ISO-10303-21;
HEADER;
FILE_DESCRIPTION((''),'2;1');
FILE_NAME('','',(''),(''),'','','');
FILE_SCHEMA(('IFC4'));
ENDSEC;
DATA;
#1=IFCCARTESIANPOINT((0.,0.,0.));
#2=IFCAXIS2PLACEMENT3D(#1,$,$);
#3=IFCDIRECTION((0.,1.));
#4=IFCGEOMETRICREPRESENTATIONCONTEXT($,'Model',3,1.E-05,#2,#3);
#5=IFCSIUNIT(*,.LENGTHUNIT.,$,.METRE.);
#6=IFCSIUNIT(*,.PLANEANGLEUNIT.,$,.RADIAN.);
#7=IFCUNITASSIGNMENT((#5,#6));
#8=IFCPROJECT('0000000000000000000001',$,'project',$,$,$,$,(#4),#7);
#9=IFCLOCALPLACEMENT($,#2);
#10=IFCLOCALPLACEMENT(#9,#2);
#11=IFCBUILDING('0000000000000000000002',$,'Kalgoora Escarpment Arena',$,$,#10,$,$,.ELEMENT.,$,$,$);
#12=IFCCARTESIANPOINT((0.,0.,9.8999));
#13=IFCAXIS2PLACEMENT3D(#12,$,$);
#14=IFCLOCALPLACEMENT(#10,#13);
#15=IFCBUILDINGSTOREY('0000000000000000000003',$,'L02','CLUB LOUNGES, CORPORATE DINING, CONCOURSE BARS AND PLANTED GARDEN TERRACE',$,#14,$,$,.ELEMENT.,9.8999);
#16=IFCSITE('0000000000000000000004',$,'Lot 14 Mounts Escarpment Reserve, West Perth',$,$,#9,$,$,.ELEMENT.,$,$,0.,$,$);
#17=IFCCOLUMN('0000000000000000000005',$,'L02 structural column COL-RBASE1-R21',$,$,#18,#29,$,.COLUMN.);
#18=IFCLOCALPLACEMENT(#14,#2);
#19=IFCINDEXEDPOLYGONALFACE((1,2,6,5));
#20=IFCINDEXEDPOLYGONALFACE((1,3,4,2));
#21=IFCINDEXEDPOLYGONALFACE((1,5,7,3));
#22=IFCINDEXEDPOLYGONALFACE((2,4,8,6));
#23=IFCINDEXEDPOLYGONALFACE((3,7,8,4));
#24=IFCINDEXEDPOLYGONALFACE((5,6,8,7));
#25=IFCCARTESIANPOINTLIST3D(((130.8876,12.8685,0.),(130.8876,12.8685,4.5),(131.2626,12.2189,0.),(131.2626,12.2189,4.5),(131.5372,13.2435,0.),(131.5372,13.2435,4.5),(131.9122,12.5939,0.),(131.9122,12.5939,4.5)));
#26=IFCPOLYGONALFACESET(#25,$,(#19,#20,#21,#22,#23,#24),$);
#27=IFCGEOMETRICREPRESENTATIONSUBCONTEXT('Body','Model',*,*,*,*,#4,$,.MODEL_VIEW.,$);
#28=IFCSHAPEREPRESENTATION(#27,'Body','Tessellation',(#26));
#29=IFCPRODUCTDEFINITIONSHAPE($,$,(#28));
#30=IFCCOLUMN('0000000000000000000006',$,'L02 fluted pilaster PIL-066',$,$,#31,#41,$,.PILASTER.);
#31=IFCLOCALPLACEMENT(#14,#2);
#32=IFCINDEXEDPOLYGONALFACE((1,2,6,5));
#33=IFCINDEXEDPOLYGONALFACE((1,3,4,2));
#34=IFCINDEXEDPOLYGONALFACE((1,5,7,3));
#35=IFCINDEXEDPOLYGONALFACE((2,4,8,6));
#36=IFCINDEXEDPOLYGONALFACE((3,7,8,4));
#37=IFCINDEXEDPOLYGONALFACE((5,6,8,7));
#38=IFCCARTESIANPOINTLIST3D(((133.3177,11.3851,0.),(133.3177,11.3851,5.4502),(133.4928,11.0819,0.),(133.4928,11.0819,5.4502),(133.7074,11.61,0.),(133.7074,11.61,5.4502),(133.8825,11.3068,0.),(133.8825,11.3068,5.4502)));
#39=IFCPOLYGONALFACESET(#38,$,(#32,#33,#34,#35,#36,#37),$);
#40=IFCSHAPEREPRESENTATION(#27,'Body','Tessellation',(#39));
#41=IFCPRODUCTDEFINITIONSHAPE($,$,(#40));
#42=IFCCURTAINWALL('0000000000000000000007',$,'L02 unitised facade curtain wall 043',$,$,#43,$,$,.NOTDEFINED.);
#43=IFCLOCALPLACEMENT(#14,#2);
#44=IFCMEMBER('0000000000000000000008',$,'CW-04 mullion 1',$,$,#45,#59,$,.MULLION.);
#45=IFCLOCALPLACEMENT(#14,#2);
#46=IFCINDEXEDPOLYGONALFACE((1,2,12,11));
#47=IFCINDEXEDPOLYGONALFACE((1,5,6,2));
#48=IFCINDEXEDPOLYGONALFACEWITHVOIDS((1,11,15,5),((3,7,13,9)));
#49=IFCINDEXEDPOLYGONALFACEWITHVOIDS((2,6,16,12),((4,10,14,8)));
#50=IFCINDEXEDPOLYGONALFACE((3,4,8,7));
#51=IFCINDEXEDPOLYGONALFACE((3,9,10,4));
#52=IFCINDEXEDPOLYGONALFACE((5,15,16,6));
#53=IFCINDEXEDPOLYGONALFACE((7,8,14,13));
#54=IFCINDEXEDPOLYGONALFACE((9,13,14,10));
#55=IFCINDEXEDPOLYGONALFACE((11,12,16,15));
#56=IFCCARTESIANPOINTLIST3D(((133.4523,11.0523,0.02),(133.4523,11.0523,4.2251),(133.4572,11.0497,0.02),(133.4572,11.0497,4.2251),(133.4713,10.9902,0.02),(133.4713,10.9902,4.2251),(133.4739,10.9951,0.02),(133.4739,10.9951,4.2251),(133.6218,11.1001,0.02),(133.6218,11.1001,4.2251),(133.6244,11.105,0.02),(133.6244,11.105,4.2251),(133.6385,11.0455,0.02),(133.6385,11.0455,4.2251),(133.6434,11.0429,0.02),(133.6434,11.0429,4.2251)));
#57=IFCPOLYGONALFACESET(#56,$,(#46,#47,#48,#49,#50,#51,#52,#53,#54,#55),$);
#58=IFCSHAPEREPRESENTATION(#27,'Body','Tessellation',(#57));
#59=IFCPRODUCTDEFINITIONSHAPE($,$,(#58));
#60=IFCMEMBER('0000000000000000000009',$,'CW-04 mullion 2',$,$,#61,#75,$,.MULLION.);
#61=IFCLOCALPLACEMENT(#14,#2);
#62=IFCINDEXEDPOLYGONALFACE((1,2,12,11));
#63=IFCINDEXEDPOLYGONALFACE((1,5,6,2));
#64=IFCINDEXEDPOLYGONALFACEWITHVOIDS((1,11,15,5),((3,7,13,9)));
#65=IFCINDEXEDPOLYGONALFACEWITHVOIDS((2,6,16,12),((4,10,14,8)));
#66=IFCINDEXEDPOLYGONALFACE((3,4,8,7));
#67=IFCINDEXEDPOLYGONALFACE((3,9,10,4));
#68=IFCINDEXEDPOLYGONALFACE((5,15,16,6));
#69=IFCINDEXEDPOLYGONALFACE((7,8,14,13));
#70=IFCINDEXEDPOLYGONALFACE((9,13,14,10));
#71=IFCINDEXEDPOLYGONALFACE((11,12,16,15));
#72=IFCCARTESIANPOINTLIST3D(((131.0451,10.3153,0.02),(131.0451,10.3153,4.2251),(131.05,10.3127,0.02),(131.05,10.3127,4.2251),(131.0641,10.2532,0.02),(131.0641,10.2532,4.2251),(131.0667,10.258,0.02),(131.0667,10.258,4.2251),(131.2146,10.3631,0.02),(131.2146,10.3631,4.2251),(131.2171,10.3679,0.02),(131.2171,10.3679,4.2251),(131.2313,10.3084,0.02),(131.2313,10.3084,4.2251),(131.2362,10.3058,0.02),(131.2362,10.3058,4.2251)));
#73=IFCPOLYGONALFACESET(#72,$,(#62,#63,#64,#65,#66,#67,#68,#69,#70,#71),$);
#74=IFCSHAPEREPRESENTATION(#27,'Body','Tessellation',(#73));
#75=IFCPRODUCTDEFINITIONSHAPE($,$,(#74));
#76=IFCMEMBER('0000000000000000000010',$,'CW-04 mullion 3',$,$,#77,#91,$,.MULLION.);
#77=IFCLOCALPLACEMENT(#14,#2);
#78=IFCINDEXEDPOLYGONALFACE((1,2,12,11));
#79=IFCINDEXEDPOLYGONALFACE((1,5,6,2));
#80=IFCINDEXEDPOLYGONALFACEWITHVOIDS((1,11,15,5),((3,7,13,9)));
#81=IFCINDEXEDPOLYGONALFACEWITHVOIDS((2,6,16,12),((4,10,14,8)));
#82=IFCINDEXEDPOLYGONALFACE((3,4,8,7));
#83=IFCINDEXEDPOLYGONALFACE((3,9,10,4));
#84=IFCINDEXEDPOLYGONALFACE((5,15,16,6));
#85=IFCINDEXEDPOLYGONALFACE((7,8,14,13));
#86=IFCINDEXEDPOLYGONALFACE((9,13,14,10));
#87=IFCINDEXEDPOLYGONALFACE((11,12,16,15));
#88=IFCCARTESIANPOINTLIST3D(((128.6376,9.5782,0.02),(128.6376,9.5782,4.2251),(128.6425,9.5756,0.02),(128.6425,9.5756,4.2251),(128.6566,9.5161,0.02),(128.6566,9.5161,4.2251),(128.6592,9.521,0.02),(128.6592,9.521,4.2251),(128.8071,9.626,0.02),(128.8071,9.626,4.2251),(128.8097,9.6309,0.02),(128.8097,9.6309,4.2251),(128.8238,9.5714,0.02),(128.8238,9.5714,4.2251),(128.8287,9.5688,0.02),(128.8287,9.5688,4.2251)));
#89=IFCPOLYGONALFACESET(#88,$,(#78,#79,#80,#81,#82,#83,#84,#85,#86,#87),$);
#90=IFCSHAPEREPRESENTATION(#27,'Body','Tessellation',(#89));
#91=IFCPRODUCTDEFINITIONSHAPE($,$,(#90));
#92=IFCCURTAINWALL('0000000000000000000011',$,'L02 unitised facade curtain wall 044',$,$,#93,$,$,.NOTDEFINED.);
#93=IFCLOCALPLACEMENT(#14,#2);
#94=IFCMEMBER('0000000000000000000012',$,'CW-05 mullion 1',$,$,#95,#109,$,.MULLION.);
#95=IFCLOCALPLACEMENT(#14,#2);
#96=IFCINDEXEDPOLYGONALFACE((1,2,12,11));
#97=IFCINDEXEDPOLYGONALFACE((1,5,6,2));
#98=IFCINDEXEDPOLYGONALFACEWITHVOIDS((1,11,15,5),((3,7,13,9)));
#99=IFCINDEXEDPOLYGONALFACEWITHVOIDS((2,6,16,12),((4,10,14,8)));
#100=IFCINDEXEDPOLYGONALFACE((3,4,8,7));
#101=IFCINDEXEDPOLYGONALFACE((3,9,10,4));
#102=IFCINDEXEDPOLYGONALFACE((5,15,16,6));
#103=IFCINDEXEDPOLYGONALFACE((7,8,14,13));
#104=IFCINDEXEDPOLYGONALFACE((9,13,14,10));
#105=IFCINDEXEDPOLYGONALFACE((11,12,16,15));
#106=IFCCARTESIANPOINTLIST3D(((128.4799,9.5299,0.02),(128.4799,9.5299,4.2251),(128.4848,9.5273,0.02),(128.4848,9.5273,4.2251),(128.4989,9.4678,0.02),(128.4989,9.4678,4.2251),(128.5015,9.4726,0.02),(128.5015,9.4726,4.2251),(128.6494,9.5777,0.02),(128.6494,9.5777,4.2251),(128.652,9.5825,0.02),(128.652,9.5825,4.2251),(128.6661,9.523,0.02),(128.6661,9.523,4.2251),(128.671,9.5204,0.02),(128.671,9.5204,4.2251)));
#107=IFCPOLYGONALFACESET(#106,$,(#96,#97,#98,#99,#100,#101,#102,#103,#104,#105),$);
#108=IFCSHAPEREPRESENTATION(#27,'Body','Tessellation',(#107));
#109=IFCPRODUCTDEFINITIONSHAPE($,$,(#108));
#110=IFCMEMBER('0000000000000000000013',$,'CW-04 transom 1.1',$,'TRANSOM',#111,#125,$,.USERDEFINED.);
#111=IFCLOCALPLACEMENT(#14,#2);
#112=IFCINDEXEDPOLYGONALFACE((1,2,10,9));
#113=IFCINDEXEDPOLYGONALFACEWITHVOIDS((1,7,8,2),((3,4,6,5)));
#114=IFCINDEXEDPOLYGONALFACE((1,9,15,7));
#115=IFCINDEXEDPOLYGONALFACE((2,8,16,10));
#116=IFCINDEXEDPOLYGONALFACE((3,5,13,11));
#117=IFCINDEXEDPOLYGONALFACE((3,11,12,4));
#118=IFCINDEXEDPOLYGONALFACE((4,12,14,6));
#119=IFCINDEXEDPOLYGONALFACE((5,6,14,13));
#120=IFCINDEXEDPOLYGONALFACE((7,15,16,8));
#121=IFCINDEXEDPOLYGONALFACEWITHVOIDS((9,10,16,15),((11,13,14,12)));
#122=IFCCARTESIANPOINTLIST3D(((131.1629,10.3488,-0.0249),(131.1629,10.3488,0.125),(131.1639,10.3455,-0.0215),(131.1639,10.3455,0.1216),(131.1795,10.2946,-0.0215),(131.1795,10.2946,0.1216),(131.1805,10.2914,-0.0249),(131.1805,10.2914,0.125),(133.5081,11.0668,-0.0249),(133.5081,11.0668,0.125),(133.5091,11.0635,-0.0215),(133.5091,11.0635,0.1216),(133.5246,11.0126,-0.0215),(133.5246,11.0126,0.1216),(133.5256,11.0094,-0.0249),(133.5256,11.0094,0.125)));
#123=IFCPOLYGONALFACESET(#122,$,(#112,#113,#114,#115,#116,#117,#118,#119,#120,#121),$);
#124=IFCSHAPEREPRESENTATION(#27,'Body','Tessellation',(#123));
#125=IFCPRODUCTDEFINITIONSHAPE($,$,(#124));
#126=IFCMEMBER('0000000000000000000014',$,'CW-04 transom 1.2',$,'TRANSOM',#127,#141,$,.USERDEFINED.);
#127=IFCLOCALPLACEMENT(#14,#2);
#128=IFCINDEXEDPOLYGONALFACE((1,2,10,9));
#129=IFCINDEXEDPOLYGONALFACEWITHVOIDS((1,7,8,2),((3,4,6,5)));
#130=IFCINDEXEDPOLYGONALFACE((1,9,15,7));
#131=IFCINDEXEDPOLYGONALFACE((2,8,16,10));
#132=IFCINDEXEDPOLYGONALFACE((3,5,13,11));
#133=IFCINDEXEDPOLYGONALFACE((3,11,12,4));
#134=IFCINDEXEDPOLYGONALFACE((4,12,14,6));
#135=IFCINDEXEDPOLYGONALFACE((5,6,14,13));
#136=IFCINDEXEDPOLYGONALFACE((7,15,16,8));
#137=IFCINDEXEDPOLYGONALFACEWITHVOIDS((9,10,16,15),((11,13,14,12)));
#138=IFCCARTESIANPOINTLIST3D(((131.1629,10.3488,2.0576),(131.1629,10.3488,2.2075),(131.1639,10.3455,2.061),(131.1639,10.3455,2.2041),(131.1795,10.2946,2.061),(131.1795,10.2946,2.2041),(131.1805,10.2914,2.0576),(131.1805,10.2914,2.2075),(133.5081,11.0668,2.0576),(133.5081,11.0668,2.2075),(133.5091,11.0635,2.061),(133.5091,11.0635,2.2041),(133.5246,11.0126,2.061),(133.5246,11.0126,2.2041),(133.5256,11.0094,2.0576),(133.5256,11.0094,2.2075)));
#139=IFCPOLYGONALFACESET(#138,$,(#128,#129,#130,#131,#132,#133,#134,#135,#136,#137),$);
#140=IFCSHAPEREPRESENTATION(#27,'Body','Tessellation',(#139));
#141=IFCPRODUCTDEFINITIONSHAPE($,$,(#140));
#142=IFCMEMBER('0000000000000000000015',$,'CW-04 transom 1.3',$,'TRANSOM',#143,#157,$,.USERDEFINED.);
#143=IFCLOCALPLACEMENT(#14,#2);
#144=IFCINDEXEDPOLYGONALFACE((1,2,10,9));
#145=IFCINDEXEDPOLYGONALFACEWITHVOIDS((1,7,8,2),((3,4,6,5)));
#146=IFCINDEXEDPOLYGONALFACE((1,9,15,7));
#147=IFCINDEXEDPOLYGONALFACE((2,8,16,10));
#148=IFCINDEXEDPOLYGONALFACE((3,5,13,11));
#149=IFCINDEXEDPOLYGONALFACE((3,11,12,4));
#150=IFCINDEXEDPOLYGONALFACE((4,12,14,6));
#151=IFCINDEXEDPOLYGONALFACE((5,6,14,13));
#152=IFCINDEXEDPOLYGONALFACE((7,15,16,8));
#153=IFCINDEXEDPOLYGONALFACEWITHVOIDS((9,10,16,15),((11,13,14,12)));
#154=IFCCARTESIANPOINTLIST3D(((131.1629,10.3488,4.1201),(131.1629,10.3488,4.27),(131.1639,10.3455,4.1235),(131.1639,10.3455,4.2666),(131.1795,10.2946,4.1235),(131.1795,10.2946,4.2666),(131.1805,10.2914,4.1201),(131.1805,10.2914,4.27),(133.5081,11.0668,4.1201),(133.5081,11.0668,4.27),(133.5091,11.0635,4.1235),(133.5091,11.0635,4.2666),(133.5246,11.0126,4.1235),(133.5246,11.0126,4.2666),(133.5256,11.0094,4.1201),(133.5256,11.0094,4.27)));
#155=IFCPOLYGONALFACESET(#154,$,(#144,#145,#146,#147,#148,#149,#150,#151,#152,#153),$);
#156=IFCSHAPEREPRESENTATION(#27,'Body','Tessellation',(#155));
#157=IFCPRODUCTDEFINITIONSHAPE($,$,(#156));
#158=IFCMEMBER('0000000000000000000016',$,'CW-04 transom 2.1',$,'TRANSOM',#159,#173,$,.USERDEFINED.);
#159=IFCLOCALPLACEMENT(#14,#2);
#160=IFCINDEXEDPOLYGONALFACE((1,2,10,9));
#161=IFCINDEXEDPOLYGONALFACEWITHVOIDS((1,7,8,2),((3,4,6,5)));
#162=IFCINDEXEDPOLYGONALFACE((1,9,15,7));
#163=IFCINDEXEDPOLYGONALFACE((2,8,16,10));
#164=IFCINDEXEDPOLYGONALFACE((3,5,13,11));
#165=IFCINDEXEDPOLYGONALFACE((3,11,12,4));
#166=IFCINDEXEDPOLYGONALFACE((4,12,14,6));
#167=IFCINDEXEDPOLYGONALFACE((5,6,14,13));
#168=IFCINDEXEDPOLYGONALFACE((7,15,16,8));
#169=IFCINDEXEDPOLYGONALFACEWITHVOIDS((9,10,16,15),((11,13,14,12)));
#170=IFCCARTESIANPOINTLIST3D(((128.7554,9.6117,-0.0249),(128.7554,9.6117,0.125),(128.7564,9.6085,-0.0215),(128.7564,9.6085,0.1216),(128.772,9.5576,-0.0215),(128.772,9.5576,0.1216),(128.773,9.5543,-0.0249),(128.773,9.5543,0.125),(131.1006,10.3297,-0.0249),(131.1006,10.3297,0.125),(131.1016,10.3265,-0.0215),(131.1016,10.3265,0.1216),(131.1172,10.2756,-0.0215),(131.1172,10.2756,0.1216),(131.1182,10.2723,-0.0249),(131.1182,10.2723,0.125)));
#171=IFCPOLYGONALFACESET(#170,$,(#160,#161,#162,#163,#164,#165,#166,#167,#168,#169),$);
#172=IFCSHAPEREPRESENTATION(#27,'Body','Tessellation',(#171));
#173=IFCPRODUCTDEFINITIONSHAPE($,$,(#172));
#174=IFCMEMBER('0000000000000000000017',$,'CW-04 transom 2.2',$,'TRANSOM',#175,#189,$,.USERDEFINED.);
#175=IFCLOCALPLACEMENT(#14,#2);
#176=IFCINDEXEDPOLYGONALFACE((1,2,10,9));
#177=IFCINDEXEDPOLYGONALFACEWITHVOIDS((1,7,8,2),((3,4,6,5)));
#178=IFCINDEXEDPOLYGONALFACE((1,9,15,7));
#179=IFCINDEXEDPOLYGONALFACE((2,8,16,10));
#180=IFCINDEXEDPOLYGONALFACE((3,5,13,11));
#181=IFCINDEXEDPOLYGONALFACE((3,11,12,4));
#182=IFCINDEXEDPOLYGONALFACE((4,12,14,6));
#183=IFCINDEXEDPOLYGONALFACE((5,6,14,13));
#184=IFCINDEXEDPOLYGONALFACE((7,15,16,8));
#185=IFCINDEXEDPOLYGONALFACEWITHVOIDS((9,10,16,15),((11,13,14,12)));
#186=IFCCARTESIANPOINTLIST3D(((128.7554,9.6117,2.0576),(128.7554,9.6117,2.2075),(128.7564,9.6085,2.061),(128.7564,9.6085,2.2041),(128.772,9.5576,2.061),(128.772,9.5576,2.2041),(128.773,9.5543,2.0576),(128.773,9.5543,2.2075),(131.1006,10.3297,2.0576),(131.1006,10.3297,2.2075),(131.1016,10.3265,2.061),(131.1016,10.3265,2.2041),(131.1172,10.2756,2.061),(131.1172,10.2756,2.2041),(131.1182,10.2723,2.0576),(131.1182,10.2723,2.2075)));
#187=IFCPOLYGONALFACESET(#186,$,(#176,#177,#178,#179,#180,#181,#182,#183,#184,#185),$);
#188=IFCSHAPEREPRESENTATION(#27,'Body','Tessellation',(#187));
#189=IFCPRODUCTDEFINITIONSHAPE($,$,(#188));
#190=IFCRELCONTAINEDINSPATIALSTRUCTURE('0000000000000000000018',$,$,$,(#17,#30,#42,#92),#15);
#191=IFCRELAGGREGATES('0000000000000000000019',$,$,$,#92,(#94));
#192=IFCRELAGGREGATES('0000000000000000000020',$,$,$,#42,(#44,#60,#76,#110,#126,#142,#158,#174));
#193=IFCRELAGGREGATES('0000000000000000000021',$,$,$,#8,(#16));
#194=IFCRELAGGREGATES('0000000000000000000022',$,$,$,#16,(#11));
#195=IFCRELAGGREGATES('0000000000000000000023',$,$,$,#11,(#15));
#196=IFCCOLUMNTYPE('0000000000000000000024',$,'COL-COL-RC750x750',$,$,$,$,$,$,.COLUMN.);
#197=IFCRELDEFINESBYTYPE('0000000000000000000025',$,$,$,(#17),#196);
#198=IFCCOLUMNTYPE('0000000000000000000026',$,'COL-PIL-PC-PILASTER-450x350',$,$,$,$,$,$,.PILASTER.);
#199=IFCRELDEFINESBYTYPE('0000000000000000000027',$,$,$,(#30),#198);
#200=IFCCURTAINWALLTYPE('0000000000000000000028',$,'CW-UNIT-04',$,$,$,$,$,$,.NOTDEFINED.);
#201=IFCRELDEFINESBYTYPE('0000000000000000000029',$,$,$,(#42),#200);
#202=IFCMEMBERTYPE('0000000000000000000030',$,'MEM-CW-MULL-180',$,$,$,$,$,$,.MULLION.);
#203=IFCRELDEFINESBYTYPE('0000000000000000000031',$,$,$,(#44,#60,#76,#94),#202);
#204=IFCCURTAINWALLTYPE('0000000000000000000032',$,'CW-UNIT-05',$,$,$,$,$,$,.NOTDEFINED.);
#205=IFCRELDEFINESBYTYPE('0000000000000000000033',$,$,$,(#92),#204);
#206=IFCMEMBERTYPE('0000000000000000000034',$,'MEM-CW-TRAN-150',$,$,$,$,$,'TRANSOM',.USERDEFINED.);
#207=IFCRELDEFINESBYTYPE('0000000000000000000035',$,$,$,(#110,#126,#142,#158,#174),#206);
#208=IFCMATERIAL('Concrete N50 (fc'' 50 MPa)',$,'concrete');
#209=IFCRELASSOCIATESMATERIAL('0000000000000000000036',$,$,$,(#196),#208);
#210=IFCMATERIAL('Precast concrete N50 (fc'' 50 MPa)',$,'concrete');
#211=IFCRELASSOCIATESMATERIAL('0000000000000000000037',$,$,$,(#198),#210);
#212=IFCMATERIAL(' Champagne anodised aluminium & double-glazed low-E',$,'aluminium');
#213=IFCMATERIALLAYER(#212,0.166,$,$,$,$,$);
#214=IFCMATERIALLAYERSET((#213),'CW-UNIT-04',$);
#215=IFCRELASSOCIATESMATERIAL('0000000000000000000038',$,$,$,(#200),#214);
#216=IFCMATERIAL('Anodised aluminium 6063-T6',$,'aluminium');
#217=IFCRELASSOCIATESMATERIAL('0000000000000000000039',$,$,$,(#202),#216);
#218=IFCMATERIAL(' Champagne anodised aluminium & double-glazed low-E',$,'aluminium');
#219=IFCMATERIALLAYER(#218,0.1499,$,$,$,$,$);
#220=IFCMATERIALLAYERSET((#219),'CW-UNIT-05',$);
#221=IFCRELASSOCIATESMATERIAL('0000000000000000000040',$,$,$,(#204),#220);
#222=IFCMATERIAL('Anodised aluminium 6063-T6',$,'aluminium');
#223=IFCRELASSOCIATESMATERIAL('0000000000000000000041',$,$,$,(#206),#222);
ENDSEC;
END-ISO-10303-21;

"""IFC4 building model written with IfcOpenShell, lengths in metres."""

from ifc_helpers import new_model, si_unit, direction, frame, origin, origin_2d, place, context, subcontext, project, spatial, rectangle, hollow_rectangle, extrude, material, layer, layer_set, material_profile, profile_set, type_object, element, aggregate, save


model = new_model("IFC4")

# Units and contexts
model_context = context("Model", 3, precision=1e-05, world=origin(), true_north=direction((0.0, 1.0)))
body_context = subcontext(model_context, "Body", "Model", "MODEL_VIEW")
ifc_project = project(units=[si_unit("LENGTHUNIT", "METRE"), si_unit("PLANEANGLEUNIT", "RADIAN")], contexts=[model_context])

# Site, building, storey
site_placement = place(None, origin())
site = spatial("IfcSite", under=ifc_project, at=site_placement, Name="Lot 14 Mounts Escarpment Reserve, West Perth", CompositionType="ELEMENT", RefElevation=0.0)
building_placement = place(site_placement, origin())
building = spatial("IfcBuilding", under=site, at=building_placement, Name="Kalgoora Escarpment Arena", CompositionType="ELEMENT")
storey_placement = place(building_placement, frame((0.0, 0.0, 9.8999)))
storey = spatial("IfcBuildingStorey", under=building, at=storey_placement, Name="L02", Description="CLUB LOUNGES, CORPORATE DINING, CONCOURSE BARS AND PLANTED GARDEN TERRACE", CompositionType="ELEMENT", Elevation=9.8999)

# Columns
ifc_material_1 = material(Name="Concrete N50 (fc' 50 MPa)", Category="concrete")
ifc_material_profile_1 = material_profile(ifc_material_1, rectangle(XDim=0.75, YDim=0.75, at=origin_2d()))
ifc_profile_set_1 = profile_set([ifc_material_profile_1], Name="Concrete N50 (fc' 50 MPa)")
column_type_1 = type_object("IfcColumnType", Name="COL-COL-RC750x750", PredefinedType="COLUMN", material=ifc_profile_set_1)
column_1_placement = place(storey_placement, frame((131.3999, 12.7312, 0.0), z_axis=(0.0, 0.0, 1.0), x_axis=(0.5, -0.866025, 0.0)))
element("IfcColumn", 1, at=column_1_placement, inside=storey, type_object=column_type_1, Name="L02 structural column COL-RBASE1-R21", PredefinedType="COLUMN", context=body_context, shape_type="SweptSolid", body=[
    extrude(rectangle(XDim=0.75, YDim=0.75, at=origin_2d()), origin(), (0.0, 0.0, 1.0), 4.5),
])
ifc_material_2 = material(Name="Precast concrete N50 (fc' 50 MPa)", Category="concrete")
ifc_material_profile_2 = material_profile(ifc_material_2, rectangle(XDim=0.3501, YDim=0.45, at=origin_2d()))
ifc_profile_set_2 = profile_set([ifc_material_profile_2], Name="Precast concrete N50 (fc' 50 MPa)")
column_type_2 = type_object("IfcColumnType", Name="COL-PIL-PC-PILASTER-450x350", PredefinedType="PILASTER", material=ifc_profile_set_2)
column_2_placement = place(storey_placement, frame((133.6001, 11.3459, 0.0), z_axis=(0.0, 0.0, 1.0), x_axis=(0.5, -0.866025, 0.0)))
element("IfcColumn", 2, at=column_2_placement, inside=storey, type_object=column_type_2, Name="L02 fluted pilaster PIL-066", PredefinedType="PILASTER", context=body_context, shape_type="SweptSolid", body=[
    extrude(rectangle(XDim=0.3501, YDim=0.45, at=origin_2d()), origin(), (0.0, 0.0, 1.0), 5.4502),
])

# Curtain wall, members
ifc_material_3 = material(Name=" Champagne anodised aluminium & double-glazed low-E", Category="aluminium")
ifc_layer_1 = layer(ifc_material_3, 0.166)
ifc_layer_set_1 = layer_set([ifc_layer_1], Name="CW-UNIT-04")
curtain_wall_type_1 = type_object("IfcCurtainWallType", Name="CW-UNIT-04", PredefinedType="NOTDEFINED", material=ifc_layer_set_1)
curtain_wall_1_placement = place(storey_placement, origin())
curtain_wall_1 = element("IfcCurtainWall", 3, at=curtain_wall_1_placement, inside=storey, type_object=curtain_wall_type_1, Name="L02 unitised facade curtain wall 043", PredefinedType="NOTDEFINED")
ifc_material_4 = material(Name="Anodised aluminium 6063-T6", Category="aluminium")
ifc_material_profile_3 = material_profile(ifc_material_4, hollow_rectangle(XDim=0.0649, YDim=0.1799, WallThickness=0.0039, at=origin_2d()))
ifc_profile_set_3 = profile_set([ifc_material_profile_3], Name="Anodised aluminium 6063-T6")
member_type_1 = type_object("IfcMemberType", Name="MEM-CW-MULL-180", PredefinedType="MULLION", material=ifc_profile_set_3)
member_1_placement = place(storey_placement, frame((133.5479, 11.0476, 0.02), z_axis=(0.0, 0.0, 1.0), x_axis=(0.292745, -0.956191, 0.0)))
member_1 = element("IfcMember", 4, at=member_1_placement, type_object=member_type_1, Name="CW-04 mullion 1", PredefinedType="MULLION", context=body_context, shape_type="SweptSolid", body=[
    extrude(hollow_rectangle(XDim=0.0649, YDim=0.1799, WallThickness=0.0039, at=origin_2d()), origin(), (0.0, 0.0, 1.0), 4.2051),
])
member_2_placement = place(storey_placement, frame((131.1406, 10.3105, 0.02), z_axis=(0.0, 0.0, 1.0), x_axis=(0.292745, -0.956191, 0.0)))
member_2 = element("IfcMember", 5, at=member_2_placement, type_object=member_type_1, Name="CW-04 mullion 2", PredefinedType="MULLION", context=body_context, shape_type="SweptSolid", body=[
    extrude(hollow_rectangle(XDim=0.0649, YDim=0.1799, WallThickness=0.0039, at=origin_2d()), origin(), (0.0, 0.0, 1.0), 4.2051),
])
member_3_placement = place(storey_placement, frame((128.7332, 9.5735, 0.02), z_axis=(0.0, 0.0, 1.0), x_axis=(0.292745, -0.956191, 0.0)))
member_3 = element("IfcMember", 6, at=member_3_placement, type_object=member_type_1, Name="CW-04 mullion 3", PredefinedType="MULLION", context=body_context, shape_type="SweptSolid", body=[
    extrude(hollow_rectangle(XDim=0.0649, YDim=0.1799, WallThickness=0.0039, at=origin_2d()), origin(), (0.0, 0.0, 1.0), 4.2051),
])

# Curtain wall, member
ifc_material_5 = material(Name=" Champagne anodised aluminium & double-glazed low-E", Category="aluminium")
ifc_layer_2 = layer(ifc_material_5, 0.1499)
ifc_layer_set_2 = layer_set([ifc_layer_2], Name="CW-UNIT-05")
curtain_wall_type_2 = type_object("IfcCurtainWallType", Name="CW-UNIT-05", PredefinedType="NOTDEFINED", material=ifc_layer_set_2)
curtain_wall_2_placement = place(storey_placement, origin())
curtain_wall_2 = element("IfcCurtainWall", 7, at=curtain_wall_2_placement, inside=storey, type_object=curtain_wall_type_2, Name="L02 unitised facade curtain wall 044", PredefinedType="NOTDEFINED")
member_4_placement = place(storey_placement, frame((128.5754, 9.5251, 0.02), z_axis=(0.0, 0.0, 1.0), x_axis=(0.292751, -0.956189, 0.0)))
member_4 = element("IfcMember", 8, at=member_4_placement, type_object=member_type_1, Name="CW-05 mullion 1", PredefinedType="MULLION", context=body_context, shape_type="SweptSolid", body=[
    extrude(hollow_rectangle(XDim=0.0649, YDim=0.1799, WallThickness=0.0039, at=origin_2d()), origin(), (0.0, 0.0, 1.0), 4.2051),
])

# Members
ifc_material_6 = material(Name="Anodised aluminium 6063-T6", Category="aluminium")
ifc_material_profile_4 = material_profile(ifc_material_6, hollow_rectangle(XDim=0.0601, YDim=0.1499, WallThickness=0.0034, at=origin_2d()))
ifc_profile_set_4 = profile_set([ifc_material_profile_4], Name="Anodised aluminium 6063-T6")
member_type_2 = type_object("IfcMemberType", Name="MEM-CW-TRAN-150", ElementType="TRANSOM", PredefinedType="USERDEFINED", material=ifc_profile_set_4)
member_5_placement = place(storey_placement, frame((133.5168, 11.0381, 0.05), z_axis=(-0.956189, -0.29275, 0.0), x_axis=(0.29275, -0.956189, 0.0)))
member_5 = element("IfcMember", 9, at=member_5_placement, type_object=member_type_2, Name="CW-04 transom 1.1", ObjectType="TRANSOM", PredefinedType="USERDEFINED", context=body_context, shape_type="SweptSolid", body=[
    extrude(hollow_rectangle(XDim=0.0601, YDim=0.1499, WallThickness=0.0034, at=origin_2d()), origin(), (0.0, 0.0, 1.0), 2.4526),
])
member_6_placement = place(storey_placement, frame((133.5168, 11.0381, 2.1326), z_axis=(-0.956189, -0.29275, 0.0), x_axis=(0.29275, -0.956189, 0.0)))
member_6 = element("IfcMember", 10, at=member_6_placement, type_object=member_type_2, Name="CW-04 transom 1.2", ObjectType="TRANSOM", PredefinedType="USERDEFINED", context=body_context, shape_type="SweptSolid", body=[
    extrude(hollow_rectangle(XDim=0.0601, YDim=0.1499, WallThickness=0.0034, at=origin_2d()), origin(), (0.0, 0.0, 1.0), 2.4526),
])
member_7_placement = place(storey_placement, frame((133.5168, 11.0381, 4.1951), z_axis=(-0.956189, -0.29275, 0.0), x_axis=(0.29275, -0.956189, 0.0)))
member_7 = element("IfcMember", 11, at=member_7_placement, type_object=member_type_2, Name="CW-04 transom 1.3", ObjectType="TRANSOM", PredefinedType="USERDEFINED", context=body_context, shape_type="SweptSolid", body=[
    extrude(hollow_rectangle(XDim=0.0601, YDim=0.1499, WallThickness=0.0034, at=origin_2d()), origin(), (0.0, 0.0, 1.0), 2.4526),
])
member_8_placement = place(storey_placement, frame((131.1094, 10.301, 0.05), z_axis=(-0.956189, -0.29275, 0.0), x_axis=(0.29275, -0.956189, 0.0)))
member_8 = element("IfcMember", 12, at=member_8_placement, type_object=member_type_2, Name="CW-04 transom 2.1", ObjectType="TRANSOM", PredefinedType="USERDEFINED", context=body_context, shape_type="SweptSolid", body=[
    extrude(hollow_rectangle(XDim=0.0601, YDim=0.1499, WallThickness=0.0034, at=origin_2d()), origin(), (0.0, 0.0, 1.0), 2.4526),
])
member_9_placement = place(storey_placement, frame((131.1094, 10.301, 2.1326), z_axis=(-0.956189, -0.29275, 0.0), x_axis=(0.29275, -0.956189, 0.0)))
member_9 = element("IfcMember", 13, at=member_9_placement, type_object=member_type_2, Name="CW-04 transom 2.2", ObjectType="TRANSOM", PredefinedType="USERDEFINED", context=body_context, shape_type="SweptSolid", body=[
    extrude(hollow_rectangle(XDim=0.0601, YDim=0.1499, WallThickness=0.0034, at=origin_2d()), origin(), (0.0, 0.0, 1.0), 2.4526),
])

aggregate(curtain_wall_2, [member_4])
aggregate(curtain_wall_1, [member_1, member_2, member_3, member_5, member_6, member_7, member_8, member_9])

save(model, "model.ifc")
